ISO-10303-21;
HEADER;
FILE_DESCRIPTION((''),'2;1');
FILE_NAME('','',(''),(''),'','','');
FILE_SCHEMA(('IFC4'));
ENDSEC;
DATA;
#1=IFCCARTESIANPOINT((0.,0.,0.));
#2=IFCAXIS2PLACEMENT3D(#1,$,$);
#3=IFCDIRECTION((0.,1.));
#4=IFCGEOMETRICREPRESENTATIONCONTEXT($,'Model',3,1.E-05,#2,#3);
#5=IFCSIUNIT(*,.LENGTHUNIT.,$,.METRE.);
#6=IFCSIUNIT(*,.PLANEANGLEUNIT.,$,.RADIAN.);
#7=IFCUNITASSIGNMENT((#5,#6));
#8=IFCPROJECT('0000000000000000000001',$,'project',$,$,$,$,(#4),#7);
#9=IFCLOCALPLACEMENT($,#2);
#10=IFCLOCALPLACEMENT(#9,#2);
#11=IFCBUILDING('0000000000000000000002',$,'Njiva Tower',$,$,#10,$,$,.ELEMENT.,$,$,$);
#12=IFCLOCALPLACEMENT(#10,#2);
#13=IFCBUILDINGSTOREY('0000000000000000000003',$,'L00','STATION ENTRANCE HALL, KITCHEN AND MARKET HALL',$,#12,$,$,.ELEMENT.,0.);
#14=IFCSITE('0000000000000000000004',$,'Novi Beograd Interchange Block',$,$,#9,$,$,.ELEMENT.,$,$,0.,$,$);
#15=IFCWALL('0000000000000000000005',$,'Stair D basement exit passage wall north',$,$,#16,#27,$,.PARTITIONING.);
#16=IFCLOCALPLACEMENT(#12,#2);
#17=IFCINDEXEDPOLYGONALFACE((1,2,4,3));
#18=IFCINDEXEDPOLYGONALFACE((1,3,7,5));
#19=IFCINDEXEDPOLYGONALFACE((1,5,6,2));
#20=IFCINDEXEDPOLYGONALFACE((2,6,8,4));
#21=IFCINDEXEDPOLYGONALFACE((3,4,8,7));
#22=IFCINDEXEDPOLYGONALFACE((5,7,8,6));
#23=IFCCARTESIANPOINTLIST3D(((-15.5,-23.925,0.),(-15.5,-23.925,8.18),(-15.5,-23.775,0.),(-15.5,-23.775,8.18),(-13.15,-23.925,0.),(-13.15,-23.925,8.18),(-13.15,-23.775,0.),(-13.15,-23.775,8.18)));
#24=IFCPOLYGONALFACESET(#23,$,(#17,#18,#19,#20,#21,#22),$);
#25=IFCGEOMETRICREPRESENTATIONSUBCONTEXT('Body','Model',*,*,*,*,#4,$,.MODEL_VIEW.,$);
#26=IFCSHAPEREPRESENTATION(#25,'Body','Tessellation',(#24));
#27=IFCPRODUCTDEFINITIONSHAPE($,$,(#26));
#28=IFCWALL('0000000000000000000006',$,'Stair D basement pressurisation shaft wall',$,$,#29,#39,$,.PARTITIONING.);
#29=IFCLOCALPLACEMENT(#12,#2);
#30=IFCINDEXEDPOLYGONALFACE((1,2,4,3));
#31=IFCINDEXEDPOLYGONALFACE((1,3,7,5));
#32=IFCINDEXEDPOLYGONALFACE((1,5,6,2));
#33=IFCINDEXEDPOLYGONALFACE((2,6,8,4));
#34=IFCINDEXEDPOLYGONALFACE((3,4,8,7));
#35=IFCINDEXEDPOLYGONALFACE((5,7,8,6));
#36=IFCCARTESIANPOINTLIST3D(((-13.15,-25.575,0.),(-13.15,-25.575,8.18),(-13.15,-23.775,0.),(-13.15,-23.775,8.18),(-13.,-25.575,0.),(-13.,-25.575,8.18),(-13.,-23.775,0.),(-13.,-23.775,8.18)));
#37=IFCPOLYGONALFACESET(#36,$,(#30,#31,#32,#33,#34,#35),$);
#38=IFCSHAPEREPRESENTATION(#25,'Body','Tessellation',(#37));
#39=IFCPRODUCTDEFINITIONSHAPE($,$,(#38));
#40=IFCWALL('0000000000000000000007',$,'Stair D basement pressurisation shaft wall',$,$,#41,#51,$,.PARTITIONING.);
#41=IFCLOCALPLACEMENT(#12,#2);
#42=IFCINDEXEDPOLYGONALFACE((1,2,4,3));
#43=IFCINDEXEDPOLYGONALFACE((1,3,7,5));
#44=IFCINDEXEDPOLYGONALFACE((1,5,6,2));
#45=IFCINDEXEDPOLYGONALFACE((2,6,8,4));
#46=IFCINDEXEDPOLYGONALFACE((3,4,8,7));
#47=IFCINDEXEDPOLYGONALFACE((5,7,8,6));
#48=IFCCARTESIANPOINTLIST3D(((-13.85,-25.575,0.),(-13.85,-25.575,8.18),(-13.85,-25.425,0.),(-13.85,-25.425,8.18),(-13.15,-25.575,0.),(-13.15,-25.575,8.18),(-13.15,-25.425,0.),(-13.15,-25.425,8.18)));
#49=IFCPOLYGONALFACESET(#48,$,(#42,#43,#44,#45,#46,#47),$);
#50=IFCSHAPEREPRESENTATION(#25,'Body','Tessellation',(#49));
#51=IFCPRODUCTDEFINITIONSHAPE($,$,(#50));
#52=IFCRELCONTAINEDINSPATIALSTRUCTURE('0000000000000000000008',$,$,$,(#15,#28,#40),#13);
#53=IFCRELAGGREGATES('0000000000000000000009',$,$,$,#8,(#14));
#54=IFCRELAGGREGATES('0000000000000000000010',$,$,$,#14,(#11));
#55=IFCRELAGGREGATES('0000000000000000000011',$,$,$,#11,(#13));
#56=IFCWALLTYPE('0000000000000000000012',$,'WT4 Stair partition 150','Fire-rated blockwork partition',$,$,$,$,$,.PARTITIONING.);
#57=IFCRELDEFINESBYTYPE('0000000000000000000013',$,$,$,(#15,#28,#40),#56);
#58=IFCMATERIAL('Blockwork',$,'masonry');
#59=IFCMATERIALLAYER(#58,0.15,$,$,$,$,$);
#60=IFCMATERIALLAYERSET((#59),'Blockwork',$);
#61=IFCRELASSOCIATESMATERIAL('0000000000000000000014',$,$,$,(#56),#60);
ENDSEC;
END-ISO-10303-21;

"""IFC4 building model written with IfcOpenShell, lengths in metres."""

from ifc_helpers import new_model, si_unit, direction, frame, frame_2d, origin, place, context, subcontext, project, spatial, rectangle, extrude, material, layer, layer_set, type_object, element, save


model = new_model("IFC4")

# Units and contexts
model_context = context("Model", 3, precision=1e-05, world=origin(), true_north=direction((0.0, 1.0)))
body_context = subcontext(model_context, "Body", "Model", "MODEL_VIEW")
ifc_project = project(units=[si_unit("LENGTHUNIT", "METRE"), si_unit("PLANEANGLEUNIT", "RADIAN")], contexts=[model_context])

# Site, building, storey
site_placement = place(None, origin())
site = spatial("IfcSite", under=ifc_project, at=site_placement, Name="Novi Beograd Interchange Block", CompositionType="ELEMENT", RefElevation=0.0)
building_placement = place(site_placement, origin())
building = spatial("IfcBuilding", under=site, at=building_placement, Name="Njiva Tower", CompositionType="ELEMENT")
storey_placement = place(building_placement, origin())
storey = spatial("IfcBuildingStorey", under=building, at=storey_placement, Name="L00", Description="STATION ENTRANCE HALL, KITCHEN AND MARKET HALL", CompositionType="ELEMENT", Elevation=0.0)

# Shared definitions
ifc_material_1 = material(Name="Blockwork", Category="masonry")
ifc_layer_1 = layer(ifc_material_1, 0.15)
ifc_layer_set_1 = layer_set([ifc_layer_1], Name="Blockwork")
wall_type_1 = type_object("IfcWallType", Name="WT4 Stair partition 150", Description="Fire-rated blockwork partition", PredefinedType="PARTITIONING", material=ifc_layer_set_1)

# Walls
wall_1_placement = place(storey_placement, frame((-15.5, -23.85, 0.0), z_axis=(0.0, 0.0, 1.0), x_axis=(1.0, 0.0, 0.0)))
element("IfcWall", 1, at=wall_1_placement, inside=storey, type_object=wall_type_1, Name="Stair D basement exit passage wall north", PredefinedType="PARTITIONING", context=body_context, shape_type="SweptSolid", body=[
    extrude(rectangle(XDim=2.35, YDim=0.15, at=frame_2d((1.175, 0.0))), origin(), (0.0, 0.0, 1.0), 8.18),
])
wall_2_placement = place(storey_placement, frame((-13.075, -25.575, 0.0), z_axis=(0.0, 0.0, 1.0), x_axis=(0.0, 1.0, 0.0)))
element("IfcWall", 2, at=wall_2_placement, inside=storey, type_object=wall_type_1, Name="Stair D basement pressurisation shaft wall", PredefinedType="PARTITIONING", context=body_context, shape_type="SweptSolid", body=[
    extrude(rectangle(XDim=1.8, YDim=0.15, at=frame_2d((0.9, 0.0))), origin(), (0.0, 0.0, 1.0), 8.18),
])
wall_3_placement = place(storey_placement, frame((-13.85, -25.5, 0.0), z_axis=(0.0, 0.0, 1.0), x_axis=(1.0, 0.0, 0.0)))
element("IfcWall", 3, at=wall_3_placement, inside=storey, type_object=wall_type_1, Name="Stair D basement pressurisation shaft wall", PredefinedType="PARTITIONING", context=body_context, shape_type="SweptSolid", body=[
    extrude(rectangle(XDim=0.7, YDim=0.15, at=frame_2d((0.35, 0.0))), origin(), (0.0, 0.0, 1.0), 8.18),
])

save(model, "model.ifc")
